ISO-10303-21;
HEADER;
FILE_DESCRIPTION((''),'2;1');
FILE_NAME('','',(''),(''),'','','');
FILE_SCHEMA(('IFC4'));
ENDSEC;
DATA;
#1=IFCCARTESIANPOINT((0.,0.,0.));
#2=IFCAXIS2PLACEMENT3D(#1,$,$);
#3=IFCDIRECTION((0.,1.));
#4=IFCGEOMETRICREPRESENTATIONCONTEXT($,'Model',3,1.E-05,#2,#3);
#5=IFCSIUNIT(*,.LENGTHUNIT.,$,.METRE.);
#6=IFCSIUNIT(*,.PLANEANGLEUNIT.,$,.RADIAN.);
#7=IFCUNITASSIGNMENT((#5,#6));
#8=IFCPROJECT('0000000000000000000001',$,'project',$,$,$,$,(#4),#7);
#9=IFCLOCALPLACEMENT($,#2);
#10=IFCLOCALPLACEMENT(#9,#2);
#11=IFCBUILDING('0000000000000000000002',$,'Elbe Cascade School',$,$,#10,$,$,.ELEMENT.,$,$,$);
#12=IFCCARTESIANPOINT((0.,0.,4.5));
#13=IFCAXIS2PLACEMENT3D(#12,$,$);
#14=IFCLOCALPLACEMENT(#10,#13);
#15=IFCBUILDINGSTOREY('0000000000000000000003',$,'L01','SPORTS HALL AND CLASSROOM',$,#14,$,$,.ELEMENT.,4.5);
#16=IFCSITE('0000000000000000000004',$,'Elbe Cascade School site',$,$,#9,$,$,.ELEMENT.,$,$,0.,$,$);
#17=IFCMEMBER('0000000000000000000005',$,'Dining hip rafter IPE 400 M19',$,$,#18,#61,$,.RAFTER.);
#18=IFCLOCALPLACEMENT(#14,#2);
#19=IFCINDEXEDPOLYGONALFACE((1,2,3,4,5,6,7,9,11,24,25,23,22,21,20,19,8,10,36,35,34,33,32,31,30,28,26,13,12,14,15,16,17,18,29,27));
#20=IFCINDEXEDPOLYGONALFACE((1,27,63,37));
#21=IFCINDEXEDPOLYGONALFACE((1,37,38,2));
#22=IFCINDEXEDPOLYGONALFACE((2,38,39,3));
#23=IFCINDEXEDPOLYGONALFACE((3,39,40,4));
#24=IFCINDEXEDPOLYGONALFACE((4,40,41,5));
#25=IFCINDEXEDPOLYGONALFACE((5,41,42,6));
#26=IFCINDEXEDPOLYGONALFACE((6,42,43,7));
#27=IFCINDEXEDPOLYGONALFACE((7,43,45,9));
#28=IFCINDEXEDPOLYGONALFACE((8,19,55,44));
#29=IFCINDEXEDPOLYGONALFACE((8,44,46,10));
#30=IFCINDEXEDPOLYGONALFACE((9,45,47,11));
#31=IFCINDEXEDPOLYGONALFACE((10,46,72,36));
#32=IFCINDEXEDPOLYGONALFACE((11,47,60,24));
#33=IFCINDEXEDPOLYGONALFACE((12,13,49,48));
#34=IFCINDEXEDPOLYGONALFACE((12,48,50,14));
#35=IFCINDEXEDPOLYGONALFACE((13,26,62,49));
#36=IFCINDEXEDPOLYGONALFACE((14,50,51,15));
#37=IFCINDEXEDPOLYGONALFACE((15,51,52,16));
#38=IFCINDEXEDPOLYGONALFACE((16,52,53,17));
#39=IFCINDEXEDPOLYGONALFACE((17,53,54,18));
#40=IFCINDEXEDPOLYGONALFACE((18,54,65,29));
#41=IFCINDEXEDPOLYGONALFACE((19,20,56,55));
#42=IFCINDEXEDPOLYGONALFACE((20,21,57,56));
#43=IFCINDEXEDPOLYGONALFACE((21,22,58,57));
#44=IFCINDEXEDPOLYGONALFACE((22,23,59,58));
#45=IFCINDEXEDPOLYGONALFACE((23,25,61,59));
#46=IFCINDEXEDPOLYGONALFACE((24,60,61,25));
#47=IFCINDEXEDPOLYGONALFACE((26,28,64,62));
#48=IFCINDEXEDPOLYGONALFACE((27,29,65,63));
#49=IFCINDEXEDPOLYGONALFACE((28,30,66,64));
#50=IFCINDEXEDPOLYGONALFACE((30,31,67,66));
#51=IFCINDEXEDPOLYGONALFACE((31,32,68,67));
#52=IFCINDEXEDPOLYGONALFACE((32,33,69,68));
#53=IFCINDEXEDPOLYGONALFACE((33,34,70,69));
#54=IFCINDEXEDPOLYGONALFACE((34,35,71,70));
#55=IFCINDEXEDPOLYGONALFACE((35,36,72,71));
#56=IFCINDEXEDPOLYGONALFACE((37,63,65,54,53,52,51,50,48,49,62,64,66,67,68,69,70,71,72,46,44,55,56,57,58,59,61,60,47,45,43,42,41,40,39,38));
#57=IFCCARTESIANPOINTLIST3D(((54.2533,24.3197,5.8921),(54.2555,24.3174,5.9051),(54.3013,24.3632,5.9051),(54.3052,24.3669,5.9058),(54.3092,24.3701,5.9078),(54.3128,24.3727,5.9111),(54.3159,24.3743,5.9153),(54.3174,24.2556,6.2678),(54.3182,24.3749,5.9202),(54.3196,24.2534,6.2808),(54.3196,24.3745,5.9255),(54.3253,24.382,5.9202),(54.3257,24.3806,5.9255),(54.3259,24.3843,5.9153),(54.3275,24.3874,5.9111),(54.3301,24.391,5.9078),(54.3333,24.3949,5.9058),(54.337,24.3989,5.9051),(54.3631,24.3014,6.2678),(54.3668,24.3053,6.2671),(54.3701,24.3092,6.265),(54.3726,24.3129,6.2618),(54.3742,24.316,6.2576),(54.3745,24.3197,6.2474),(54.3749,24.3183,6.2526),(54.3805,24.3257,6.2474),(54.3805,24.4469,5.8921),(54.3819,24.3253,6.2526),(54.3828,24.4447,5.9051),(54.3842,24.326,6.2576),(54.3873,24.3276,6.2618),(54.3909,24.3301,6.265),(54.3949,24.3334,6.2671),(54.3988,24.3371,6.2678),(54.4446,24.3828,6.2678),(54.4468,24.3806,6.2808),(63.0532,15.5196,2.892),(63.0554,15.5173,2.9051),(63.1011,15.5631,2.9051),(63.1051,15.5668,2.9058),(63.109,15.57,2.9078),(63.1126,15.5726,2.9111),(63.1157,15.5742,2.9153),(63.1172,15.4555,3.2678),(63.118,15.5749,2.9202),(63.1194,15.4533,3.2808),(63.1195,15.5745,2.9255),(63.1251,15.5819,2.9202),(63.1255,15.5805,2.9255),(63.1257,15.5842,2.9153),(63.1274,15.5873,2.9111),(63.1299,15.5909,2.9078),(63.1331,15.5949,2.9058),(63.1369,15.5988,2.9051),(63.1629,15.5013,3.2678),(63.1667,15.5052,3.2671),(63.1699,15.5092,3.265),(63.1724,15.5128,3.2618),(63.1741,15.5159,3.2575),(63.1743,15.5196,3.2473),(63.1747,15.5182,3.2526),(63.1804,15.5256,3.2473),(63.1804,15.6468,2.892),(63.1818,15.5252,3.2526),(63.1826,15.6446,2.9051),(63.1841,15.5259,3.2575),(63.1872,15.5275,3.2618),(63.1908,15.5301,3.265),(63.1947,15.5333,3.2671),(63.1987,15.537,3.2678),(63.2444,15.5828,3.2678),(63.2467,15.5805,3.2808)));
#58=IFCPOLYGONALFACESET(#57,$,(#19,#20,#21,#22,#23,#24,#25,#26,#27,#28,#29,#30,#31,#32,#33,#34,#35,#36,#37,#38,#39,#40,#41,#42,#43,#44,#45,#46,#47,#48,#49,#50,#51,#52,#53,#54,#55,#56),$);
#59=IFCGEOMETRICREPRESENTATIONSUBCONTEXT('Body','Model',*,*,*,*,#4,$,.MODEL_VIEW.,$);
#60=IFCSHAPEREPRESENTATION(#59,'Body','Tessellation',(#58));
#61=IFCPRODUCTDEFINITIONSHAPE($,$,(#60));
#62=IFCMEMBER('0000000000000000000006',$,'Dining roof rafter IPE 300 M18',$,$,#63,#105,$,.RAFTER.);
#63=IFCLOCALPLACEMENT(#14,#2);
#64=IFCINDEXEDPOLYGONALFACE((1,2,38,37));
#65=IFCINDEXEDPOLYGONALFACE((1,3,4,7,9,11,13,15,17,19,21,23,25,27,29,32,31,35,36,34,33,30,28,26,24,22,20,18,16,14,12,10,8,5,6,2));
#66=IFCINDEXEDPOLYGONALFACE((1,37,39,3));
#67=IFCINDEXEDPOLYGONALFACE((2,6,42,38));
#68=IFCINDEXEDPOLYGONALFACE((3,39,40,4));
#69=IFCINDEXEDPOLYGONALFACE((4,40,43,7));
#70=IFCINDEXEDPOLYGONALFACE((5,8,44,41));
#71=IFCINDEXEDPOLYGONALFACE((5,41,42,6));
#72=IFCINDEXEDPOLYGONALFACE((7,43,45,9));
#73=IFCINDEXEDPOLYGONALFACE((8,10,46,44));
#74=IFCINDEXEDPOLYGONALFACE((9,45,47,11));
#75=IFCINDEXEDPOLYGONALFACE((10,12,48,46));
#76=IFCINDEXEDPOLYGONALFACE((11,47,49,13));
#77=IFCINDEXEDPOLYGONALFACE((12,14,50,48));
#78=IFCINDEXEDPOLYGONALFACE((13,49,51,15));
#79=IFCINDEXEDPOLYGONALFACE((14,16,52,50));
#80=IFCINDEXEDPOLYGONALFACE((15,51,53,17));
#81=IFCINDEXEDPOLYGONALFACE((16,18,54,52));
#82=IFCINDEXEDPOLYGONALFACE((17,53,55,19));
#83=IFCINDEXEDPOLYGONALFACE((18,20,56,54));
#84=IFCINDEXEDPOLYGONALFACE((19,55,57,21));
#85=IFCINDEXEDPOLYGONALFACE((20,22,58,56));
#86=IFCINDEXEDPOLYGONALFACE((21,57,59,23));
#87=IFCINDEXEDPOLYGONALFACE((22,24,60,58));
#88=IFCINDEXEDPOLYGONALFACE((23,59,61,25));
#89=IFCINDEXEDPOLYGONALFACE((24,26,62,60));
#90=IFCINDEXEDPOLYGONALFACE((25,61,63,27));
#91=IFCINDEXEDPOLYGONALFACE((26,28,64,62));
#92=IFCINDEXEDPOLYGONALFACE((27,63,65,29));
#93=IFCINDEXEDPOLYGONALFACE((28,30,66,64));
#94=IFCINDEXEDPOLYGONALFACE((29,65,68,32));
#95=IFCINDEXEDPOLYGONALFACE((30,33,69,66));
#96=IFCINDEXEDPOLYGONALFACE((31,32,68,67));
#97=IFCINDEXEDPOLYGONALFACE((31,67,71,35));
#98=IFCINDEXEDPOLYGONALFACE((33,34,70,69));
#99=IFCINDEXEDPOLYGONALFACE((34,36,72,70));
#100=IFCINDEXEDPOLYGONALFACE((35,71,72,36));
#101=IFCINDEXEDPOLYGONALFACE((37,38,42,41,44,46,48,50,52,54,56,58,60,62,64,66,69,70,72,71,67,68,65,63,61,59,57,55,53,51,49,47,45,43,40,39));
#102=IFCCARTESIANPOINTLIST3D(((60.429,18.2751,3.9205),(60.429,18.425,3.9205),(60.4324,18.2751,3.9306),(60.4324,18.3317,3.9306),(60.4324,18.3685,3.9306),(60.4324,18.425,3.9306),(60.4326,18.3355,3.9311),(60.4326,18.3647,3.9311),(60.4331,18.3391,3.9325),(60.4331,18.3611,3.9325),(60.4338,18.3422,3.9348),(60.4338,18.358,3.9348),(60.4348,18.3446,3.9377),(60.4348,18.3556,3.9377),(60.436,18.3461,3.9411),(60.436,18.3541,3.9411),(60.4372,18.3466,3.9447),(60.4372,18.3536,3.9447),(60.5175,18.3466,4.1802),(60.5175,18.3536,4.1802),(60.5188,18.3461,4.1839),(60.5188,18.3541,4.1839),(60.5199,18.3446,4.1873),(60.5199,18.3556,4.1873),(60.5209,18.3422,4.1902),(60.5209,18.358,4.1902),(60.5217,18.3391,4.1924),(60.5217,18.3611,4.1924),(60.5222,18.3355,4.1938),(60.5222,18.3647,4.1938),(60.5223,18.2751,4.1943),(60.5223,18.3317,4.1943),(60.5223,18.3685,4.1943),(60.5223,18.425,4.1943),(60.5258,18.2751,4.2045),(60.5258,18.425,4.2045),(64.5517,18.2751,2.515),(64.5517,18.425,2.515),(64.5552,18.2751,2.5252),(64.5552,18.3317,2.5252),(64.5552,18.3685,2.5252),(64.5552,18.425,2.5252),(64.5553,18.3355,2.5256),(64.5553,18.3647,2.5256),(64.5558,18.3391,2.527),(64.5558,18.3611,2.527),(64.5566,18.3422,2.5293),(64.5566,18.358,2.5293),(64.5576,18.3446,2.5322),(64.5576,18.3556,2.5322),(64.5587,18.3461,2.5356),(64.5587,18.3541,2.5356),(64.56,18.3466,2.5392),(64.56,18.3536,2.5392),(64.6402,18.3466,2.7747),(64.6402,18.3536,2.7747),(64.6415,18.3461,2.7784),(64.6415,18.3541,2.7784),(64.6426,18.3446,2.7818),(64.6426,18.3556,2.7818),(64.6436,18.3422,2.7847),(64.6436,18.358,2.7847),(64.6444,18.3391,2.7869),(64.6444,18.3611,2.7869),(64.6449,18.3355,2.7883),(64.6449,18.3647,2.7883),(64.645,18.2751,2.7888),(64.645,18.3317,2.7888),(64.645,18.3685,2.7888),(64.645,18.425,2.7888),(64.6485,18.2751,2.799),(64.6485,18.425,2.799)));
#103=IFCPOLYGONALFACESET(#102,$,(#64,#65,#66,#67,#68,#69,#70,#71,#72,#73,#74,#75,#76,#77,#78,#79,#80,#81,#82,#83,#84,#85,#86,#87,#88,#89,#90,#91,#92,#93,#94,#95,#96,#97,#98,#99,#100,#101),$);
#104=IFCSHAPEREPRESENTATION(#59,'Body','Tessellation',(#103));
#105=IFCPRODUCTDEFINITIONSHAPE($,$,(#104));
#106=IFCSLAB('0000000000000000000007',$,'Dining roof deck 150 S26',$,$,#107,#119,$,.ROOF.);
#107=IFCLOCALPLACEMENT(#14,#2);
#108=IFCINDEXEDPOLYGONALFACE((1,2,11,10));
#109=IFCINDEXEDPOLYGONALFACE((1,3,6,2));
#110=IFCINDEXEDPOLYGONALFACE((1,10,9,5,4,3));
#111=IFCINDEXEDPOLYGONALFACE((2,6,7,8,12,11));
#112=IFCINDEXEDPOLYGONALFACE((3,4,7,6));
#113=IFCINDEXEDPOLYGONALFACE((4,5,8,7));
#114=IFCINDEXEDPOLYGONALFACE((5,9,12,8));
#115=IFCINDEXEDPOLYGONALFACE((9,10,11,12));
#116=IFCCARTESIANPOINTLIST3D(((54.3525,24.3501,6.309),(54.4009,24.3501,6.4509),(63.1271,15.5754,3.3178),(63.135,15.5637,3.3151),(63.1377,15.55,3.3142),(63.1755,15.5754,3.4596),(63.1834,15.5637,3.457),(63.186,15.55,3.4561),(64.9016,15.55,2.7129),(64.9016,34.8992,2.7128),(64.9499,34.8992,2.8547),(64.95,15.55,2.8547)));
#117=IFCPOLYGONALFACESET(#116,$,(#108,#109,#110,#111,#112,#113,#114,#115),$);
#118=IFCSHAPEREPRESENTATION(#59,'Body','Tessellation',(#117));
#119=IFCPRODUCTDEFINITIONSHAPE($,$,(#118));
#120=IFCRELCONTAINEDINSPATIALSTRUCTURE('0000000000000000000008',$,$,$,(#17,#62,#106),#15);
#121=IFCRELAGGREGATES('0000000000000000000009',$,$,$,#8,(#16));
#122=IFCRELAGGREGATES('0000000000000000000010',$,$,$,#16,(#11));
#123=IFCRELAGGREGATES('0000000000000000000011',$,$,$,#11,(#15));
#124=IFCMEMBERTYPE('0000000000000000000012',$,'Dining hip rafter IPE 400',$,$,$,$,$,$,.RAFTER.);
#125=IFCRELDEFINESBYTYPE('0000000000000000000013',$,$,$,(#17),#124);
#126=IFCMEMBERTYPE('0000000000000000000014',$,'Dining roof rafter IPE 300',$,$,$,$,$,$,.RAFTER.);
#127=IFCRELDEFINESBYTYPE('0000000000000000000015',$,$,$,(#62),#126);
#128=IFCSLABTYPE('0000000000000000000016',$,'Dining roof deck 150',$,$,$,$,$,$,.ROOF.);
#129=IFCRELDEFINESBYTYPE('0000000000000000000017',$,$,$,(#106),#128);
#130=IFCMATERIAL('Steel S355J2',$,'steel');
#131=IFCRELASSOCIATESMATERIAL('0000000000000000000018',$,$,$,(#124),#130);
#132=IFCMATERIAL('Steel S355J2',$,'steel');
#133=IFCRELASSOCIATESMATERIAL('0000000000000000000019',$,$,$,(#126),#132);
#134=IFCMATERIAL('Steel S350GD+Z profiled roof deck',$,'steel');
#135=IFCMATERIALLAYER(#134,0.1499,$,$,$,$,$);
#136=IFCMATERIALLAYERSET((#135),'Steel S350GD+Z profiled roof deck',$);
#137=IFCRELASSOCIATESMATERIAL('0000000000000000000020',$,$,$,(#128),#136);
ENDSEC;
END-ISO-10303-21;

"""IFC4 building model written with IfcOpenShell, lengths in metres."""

from ifc_helpers import new_model, si_unit, direction, frame, origin, origin_2d, place, context, subcontext, project, spatial, polyline, i_section, outline, extrude, material, layer, layer_set, material_profile, profile_set, type_object, element, save


model = new_model("IFC4")

# Units and contexts
model_context = context("Model", 3, precision=1e-05, world=origin(), true_north=direction((0.0, 1.0)))
body_context = subcontext(model_context, "Body", "Model", "MODEL_VIEW")
ifc_project = project(units=[si_unit("LENGTHUNIT", "METRE"), si_unit("PLANEANGLEUNIT", "RADIAN")], contexts=[model_context])

# Site, building, storey
site_placement = place(None, origin())
site = spatial("IfcSite", under=ifc_project, at=site_placement, Name="Elbe Cascade School site", CompositionType="ELEMENT", RefElevation=0.0)
building_placement = place(site_placement, origin())
building = spatial("IfcBuilding", under=site, at=building_placement, Name="Elbe Cascade School", CompositionType="ELEMENT")
storey_placement = place(building_placement, frame((0.0, 0.0, 4.5)))
storey = spatial("IfcBuildingStorey", under=building, at=storey_placement, Name="L01", Description="SPORTS HALL AND CLASSROOM", CompositionType="ELEMENT", Elevation=4.5)

# Members
ifc_material_1 = material(Name="Steel S355J2", Category="steel")
ifc_material_profile_1 = material_profile(ifc_material_1, i_section(OverallWidth=0.1799, OverallDepth=0.3999, WebThickness=0.0085, FlangeThickness=0.0134, FilletRadius=0.021, at=origin_2d()), Name="IPE 400")
ifc_profile_set_1 = profile_set([ifc_material_profile_1], Name="Steel S355J2")
member_type_1 = type_object("IfcMemberType", Name="Dining hip rafter IPE 400", PredefinedType="RAFTER", material=ifc_profile_set_1)
member_1_placement = place(storey_placement, frame((63.1499, 15.55, 3.0864), z_axis=(-0.687406, 0.687425, 0.234348), x_axis=(-0.707117, -0.707097, 0.0)))
element("IfcMember", 1, at=member_1_placement, inside=storey, type_object=member_type_1, Name="Dining hip rafter IPE 400 M19", PredefinedType="RAFTER", context=body_context, shape_type="SweptSolid", body=[
    extrude(i_section(OverallWidth=0.1799, OverallDepth=0.3999, WebThickness=0.0085, FlangeThickness=0.0134, FilletRadius=0.021, at=origin_2d()), origin(), (0.0, 0.0, 1.0), 12.8015),
])
ifc_material_2 = material(Name="Steel S355J2", Category="steel")
ifc_material_profile_2 = material_profile(ifc_material_2, i_section(OverallWidth=0.1499, OverallDepth=0.3, WebThickness=0.0071, FlangeThickness=0.0107, FilletRadius=0.0149, at=origin_2d()), Name="IPE 300")
ifc_profile_set_2 = profile_set([ifc_material_profile_2], Name="Steel S355J2")
member_type_2 = type_object("IfcMemberType", Name="Dining roof rafter IPE 300", PredefinedType="RAFTER", material=ifc_profile_set_2)
member_2_placement = place(storey_placement, frame((64.6001, 18.3501, 2.657), z_axis=(-0.946509, 0.0, 0.322677), x_axis=(0.0, -1.0, 0.0)))
element("IfcMember", 2, at=member_2_placement, inside=storey, type_object=member_type_2, Name="Dining roof rafter IPE 300 M18", PredefinedType="RAFTER", context=body_context, shape_type="SweptSolid", body=[
    extrude(i_section(OverallWidth=0.1499, OverallDepth=0.3, WebThickness=0.0071, FlangeThickness=0.0107, FilletRadius=0.0149, at=origin_2d()), origin(), (0.0, 0.0, 1.0), 4.3557),
])

# Slab
ifc_material_3 = material(Name="Steel S350GD+Z profiled roof deck", Category="steel")
ifc_layer_1 = layer(ifc_material_3, 0.1499)
ifc_layer_set_1 = layer_set([ifc_layer_1], Name="Steel S350GD+Z profiled roof deck")
slab_type = type_object("IfcSlabType", Name="Dining roof deck 150", PredefinedType="ROOF", material=ifc_layer_set_1)
slab_placement = place(storey_placement, frame((64.95, 15.55, 2.8547), z_axis=(0.32267, 0.000003, 0.946512), x_axis=(-0.946512, 0.0, 0.32267)))
element("IfcSlab", 3, at=slab_placement, inside=storey, type_object=slab_type, Name="Dining roof deck 150 S26", PredefinedType="ROOF", context=body_context, shape_type="SweptSolid", body=[
    extrude(outline(polyline([(0.0, 0.0), (1.8636, 0.0), (1.8664, -0.0137), (1.8747, -0.0254), (11.1452, -8.8), (0.0, -19.3491), (0.0, 0.0)])), origin(), (0.0, 0.0, -1.0), 0.1499),
])

save(model, "model.ifc")
